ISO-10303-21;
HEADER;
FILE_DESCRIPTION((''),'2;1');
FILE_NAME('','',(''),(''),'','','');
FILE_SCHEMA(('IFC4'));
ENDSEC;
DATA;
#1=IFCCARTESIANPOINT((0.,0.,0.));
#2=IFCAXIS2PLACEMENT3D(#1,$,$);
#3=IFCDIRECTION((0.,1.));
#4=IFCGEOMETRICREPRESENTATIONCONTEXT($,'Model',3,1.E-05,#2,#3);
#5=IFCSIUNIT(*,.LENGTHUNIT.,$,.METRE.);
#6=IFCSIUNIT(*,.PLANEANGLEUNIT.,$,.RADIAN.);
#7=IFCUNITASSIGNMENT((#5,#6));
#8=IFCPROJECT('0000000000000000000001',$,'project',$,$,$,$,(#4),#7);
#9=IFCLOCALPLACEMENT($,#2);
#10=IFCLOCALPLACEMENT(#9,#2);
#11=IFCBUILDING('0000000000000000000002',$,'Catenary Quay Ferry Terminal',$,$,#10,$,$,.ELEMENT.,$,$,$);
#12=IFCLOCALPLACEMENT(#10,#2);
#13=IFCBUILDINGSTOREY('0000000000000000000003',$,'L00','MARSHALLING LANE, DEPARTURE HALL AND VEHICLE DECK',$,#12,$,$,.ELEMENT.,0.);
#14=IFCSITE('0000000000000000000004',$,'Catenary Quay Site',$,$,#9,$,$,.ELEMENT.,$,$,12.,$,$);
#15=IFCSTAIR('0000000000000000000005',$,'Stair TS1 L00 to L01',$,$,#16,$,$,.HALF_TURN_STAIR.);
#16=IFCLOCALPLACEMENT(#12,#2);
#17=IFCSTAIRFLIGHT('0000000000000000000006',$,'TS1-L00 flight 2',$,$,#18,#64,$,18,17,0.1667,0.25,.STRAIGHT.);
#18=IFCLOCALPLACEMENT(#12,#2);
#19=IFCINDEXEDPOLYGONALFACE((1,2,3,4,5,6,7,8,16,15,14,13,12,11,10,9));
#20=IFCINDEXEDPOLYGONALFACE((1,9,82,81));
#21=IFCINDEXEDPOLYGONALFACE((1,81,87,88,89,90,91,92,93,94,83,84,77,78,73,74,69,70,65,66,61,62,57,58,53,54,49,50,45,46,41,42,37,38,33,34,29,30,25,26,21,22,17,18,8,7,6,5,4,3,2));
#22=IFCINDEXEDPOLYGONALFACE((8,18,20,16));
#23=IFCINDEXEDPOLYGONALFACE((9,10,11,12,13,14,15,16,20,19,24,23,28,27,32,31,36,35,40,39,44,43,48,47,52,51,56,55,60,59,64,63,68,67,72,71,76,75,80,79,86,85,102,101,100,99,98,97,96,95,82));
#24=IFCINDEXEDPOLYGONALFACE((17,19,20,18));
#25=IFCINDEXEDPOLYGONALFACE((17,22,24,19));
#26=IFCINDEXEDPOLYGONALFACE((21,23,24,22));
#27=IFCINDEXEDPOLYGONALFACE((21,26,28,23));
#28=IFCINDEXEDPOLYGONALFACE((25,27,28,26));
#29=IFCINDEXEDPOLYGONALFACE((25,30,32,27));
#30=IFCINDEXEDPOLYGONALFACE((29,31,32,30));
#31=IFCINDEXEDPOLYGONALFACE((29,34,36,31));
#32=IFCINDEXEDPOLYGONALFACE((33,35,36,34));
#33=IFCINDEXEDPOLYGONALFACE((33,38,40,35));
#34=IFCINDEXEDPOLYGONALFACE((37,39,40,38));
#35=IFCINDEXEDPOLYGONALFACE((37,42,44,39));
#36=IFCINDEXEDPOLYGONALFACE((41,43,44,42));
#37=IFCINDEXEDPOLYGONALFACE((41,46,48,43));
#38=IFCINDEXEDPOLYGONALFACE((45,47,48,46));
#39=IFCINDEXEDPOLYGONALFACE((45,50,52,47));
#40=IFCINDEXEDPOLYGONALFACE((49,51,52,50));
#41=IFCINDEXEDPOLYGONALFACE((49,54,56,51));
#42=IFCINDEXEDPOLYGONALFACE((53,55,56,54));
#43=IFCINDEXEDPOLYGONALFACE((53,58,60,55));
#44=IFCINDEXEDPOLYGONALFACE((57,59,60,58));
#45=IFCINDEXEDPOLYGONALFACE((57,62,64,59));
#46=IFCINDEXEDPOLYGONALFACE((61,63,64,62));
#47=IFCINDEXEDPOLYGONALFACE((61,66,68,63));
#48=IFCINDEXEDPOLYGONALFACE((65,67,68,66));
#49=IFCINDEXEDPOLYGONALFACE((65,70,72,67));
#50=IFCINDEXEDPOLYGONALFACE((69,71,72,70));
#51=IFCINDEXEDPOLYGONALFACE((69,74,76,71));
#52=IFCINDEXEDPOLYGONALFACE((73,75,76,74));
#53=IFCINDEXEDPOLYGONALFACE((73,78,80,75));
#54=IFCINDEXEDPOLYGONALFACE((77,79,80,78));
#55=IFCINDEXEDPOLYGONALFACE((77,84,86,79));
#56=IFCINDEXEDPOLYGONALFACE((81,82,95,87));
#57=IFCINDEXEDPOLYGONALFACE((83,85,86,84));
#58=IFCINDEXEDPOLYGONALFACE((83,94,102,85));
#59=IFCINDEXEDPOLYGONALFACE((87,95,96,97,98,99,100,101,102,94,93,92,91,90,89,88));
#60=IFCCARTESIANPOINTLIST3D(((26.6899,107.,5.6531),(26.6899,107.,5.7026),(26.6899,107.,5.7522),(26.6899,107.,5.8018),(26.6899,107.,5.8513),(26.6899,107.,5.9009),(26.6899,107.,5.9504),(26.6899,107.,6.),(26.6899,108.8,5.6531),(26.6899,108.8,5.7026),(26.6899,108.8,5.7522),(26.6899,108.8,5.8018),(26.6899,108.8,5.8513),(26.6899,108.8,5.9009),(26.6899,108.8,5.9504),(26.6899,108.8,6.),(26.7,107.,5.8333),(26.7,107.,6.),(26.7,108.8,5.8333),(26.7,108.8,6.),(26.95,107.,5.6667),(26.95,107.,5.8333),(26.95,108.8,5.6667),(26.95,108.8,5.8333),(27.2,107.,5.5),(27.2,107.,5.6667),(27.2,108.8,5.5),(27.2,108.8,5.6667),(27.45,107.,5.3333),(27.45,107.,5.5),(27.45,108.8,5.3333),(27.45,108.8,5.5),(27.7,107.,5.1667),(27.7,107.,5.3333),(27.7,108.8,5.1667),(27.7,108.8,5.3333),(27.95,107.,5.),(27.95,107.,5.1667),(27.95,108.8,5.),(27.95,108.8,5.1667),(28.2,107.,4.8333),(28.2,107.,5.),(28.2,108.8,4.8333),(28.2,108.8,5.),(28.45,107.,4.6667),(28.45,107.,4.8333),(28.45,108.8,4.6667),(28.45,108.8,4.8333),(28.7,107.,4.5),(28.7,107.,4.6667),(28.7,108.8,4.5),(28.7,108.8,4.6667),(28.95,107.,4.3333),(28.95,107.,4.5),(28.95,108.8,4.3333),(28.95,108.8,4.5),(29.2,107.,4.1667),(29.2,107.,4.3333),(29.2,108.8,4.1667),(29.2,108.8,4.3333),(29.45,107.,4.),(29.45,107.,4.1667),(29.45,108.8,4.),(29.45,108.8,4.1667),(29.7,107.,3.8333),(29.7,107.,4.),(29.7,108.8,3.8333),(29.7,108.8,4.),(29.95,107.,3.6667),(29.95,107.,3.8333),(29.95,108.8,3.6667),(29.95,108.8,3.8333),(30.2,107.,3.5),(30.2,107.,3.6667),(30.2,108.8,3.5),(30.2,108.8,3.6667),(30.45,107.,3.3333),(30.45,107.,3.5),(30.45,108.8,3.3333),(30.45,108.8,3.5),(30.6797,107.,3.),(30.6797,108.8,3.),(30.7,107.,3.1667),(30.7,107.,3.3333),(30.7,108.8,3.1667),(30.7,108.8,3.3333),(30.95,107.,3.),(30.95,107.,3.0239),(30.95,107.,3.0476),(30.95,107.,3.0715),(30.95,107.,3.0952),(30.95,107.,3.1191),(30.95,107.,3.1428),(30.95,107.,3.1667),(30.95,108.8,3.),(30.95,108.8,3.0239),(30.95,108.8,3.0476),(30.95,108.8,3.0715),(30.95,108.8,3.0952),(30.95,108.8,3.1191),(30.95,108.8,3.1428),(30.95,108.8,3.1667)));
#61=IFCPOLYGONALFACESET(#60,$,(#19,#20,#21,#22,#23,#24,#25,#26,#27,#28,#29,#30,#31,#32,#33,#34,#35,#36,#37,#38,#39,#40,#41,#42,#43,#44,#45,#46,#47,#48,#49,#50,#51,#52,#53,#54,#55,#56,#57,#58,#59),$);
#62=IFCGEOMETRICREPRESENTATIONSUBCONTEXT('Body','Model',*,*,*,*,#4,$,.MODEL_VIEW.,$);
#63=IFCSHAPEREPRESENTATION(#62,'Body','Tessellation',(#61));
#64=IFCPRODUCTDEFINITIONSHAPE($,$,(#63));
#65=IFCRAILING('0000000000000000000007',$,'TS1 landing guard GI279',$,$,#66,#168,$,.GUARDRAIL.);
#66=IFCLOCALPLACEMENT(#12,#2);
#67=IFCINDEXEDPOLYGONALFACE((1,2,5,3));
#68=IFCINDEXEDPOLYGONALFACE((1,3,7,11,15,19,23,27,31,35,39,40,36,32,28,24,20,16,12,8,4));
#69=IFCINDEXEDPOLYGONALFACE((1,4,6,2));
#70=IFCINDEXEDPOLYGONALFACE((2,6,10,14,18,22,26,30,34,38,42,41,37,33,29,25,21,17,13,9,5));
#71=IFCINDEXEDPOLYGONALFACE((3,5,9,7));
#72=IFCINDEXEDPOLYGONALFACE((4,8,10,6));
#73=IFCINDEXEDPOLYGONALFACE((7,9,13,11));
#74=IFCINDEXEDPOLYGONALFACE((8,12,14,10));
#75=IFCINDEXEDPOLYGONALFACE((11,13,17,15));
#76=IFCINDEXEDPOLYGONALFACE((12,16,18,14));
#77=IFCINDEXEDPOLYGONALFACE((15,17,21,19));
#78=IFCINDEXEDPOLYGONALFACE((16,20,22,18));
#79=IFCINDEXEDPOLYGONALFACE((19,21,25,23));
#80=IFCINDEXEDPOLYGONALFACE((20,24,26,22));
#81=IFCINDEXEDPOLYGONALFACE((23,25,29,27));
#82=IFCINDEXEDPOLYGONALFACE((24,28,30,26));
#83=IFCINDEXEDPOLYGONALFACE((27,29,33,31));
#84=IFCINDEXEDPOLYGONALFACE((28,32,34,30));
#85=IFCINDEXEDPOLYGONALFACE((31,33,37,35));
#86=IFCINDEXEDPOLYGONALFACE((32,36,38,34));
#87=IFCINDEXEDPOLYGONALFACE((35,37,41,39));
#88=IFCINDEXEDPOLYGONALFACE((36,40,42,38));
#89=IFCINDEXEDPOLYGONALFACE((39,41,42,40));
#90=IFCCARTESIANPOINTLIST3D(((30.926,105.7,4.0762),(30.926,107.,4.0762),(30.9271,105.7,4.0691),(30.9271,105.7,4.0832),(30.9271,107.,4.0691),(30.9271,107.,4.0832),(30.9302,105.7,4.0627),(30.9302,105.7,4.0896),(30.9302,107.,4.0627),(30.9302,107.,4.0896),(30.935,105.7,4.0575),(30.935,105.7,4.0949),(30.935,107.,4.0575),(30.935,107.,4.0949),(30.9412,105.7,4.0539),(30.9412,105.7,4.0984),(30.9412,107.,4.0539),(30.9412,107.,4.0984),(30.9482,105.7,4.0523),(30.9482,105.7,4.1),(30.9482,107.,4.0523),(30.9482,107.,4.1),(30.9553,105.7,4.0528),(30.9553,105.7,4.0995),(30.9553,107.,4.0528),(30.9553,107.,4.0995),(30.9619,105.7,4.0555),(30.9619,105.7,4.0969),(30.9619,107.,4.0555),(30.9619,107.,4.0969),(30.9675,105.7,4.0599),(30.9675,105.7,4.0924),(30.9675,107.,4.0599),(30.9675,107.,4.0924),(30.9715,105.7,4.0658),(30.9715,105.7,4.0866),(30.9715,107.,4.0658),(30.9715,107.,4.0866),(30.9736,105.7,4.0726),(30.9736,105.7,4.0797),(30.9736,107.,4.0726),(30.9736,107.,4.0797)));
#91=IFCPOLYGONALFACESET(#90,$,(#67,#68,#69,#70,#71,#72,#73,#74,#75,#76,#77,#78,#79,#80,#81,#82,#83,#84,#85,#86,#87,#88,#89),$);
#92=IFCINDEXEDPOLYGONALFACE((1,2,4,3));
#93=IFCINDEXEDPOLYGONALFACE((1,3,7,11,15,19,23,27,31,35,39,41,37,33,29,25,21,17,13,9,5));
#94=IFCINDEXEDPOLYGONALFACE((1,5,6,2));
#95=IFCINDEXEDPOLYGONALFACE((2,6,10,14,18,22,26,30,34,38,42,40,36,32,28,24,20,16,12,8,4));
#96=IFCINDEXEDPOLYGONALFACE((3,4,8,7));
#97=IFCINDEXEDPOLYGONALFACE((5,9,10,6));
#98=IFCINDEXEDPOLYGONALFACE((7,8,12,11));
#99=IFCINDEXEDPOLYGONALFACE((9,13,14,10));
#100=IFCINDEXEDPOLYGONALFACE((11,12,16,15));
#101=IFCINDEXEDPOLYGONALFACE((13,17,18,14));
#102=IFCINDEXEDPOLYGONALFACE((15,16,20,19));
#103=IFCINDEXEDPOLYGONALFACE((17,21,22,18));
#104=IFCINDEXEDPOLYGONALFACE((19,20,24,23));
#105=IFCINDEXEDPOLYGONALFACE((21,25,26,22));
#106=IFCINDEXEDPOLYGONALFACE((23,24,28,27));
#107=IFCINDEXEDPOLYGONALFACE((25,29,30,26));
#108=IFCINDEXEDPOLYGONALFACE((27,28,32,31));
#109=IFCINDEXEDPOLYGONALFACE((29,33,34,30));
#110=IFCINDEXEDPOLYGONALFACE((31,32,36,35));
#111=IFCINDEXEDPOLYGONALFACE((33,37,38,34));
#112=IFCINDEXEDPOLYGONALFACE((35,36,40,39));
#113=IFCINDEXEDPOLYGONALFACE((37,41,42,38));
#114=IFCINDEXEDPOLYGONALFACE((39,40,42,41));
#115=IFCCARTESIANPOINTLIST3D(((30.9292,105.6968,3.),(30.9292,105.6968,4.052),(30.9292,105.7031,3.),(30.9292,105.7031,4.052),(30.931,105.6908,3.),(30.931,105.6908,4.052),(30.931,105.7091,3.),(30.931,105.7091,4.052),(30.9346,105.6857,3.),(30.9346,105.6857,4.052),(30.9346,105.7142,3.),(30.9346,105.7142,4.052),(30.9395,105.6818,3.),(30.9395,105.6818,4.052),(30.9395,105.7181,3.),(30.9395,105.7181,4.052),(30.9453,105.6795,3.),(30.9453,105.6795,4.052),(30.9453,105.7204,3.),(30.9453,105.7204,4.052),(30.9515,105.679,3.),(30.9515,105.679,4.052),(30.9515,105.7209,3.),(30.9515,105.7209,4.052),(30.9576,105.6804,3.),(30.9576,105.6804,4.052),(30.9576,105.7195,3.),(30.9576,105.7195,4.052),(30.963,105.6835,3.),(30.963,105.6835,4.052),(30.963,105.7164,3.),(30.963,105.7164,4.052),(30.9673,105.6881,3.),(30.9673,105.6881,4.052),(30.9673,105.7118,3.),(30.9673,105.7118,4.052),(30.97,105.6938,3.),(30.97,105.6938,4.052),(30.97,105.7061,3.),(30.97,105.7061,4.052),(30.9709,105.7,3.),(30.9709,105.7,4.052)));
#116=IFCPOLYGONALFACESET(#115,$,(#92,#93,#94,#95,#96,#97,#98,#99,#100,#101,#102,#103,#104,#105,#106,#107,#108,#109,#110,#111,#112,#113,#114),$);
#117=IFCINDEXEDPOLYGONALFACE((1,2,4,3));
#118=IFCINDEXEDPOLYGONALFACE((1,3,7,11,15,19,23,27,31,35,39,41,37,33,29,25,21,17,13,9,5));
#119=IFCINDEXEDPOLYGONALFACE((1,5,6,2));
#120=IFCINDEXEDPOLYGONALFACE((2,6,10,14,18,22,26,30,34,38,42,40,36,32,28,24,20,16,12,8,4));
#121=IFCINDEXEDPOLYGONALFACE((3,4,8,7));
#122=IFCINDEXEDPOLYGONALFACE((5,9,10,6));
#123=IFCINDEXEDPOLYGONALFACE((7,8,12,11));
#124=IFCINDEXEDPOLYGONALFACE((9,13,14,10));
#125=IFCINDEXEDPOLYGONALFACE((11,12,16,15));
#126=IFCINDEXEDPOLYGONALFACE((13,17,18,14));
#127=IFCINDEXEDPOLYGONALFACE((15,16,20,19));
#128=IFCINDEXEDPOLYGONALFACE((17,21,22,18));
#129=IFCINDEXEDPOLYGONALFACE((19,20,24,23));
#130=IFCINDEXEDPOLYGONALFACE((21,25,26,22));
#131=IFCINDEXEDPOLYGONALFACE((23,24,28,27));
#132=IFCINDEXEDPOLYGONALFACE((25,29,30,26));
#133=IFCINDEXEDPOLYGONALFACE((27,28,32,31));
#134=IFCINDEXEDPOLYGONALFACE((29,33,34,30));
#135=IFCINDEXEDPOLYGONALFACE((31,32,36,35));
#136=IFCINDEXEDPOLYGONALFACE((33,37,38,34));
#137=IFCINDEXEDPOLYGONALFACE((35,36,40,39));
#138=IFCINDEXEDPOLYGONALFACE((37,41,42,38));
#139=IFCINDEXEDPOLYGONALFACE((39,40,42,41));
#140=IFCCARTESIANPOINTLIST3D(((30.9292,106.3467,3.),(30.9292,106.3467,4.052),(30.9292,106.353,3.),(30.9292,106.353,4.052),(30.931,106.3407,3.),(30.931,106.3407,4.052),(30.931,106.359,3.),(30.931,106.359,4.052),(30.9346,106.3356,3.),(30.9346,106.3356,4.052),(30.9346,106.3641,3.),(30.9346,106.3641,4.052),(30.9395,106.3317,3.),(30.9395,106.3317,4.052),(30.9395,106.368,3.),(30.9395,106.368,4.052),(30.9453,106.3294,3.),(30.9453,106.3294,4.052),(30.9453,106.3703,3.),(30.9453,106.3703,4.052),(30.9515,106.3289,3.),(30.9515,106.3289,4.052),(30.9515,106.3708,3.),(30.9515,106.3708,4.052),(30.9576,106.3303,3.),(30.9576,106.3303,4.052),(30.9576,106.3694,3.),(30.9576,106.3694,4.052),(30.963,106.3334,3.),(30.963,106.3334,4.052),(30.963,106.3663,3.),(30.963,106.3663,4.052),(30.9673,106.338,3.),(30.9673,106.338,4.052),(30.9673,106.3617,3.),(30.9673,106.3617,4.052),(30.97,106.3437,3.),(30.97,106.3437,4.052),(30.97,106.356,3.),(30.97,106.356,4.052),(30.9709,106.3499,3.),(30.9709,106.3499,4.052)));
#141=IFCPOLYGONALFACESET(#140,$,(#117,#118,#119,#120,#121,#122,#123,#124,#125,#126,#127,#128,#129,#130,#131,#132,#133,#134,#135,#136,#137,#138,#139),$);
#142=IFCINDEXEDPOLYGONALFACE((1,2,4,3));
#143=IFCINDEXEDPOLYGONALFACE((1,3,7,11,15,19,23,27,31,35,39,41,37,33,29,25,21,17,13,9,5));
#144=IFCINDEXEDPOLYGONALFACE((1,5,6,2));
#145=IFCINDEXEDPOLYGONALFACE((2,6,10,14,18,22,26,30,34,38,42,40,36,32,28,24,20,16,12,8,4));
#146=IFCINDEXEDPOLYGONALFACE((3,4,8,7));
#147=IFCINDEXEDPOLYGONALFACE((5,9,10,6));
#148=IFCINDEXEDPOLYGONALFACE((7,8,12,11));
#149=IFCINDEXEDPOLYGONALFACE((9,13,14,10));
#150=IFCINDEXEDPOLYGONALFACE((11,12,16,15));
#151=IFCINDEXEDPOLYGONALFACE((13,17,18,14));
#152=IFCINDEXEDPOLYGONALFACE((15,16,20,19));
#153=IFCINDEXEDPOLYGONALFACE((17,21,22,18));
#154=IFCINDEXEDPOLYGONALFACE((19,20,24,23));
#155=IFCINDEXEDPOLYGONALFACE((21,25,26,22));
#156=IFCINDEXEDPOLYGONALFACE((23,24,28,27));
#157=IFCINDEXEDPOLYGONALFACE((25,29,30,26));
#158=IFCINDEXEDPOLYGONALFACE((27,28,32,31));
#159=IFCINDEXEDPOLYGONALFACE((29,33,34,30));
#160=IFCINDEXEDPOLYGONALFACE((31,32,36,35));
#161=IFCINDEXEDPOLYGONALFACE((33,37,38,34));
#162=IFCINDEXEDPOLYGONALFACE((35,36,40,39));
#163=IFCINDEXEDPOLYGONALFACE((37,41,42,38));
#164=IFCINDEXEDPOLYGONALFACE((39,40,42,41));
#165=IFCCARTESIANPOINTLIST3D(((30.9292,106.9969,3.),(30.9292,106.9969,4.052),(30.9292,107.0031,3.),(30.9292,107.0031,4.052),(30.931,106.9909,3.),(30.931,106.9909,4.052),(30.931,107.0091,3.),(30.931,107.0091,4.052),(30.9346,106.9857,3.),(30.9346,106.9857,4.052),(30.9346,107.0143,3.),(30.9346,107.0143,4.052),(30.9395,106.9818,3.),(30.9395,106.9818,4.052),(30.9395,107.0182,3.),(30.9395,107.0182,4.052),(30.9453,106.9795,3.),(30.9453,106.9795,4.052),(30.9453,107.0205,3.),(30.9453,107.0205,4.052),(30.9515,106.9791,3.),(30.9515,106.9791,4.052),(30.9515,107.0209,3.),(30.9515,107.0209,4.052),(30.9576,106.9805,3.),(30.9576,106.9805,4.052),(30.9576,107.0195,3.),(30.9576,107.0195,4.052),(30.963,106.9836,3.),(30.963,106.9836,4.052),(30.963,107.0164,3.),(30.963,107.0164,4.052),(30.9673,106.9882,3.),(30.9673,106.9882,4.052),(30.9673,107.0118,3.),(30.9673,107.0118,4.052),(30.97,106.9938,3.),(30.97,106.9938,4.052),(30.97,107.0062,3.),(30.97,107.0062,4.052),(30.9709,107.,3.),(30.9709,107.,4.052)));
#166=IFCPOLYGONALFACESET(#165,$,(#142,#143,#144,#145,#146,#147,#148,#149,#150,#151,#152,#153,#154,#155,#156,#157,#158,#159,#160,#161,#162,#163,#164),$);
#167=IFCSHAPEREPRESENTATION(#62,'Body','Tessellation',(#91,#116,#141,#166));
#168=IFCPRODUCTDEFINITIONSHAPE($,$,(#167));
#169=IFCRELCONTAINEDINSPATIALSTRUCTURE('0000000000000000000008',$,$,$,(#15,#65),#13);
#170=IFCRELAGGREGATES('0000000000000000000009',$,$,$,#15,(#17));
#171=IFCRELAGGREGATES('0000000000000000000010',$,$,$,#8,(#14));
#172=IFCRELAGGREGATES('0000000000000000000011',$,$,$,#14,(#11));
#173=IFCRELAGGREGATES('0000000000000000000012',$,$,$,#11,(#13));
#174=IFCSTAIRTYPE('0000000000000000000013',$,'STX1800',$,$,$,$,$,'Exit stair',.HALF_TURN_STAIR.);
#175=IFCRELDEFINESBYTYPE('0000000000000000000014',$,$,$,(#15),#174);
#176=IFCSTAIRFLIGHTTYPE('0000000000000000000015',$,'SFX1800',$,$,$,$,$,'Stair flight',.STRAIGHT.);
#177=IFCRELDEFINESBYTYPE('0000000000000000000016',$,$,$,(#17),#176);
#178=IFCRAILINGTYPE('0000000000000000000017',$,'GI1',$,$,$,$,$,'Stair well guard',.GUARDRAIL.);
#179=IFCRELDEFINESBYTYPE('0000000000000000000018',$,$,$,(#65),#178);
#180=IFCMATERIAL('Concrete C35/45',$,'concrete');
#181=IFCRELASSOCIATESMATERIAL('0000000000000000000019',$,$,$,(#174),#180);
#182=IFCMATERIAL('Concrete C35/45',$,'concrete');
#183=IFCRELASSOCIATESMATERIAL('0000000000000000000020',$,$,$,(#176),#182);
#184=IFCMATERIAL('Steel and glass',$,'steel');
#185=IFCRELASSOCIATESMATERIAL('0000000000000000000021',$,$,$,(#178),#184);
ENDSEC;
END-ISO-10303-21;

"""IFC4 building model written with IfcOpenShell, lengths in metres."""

from ifc_helpers import new_model, si_unit, direction, frame, origin, origin_2d, place, context, subcontext, project, spatial, polyline, circle, outline, extrude, material, type_object, element, aggregate, save


model = new_model("IFC4")

# Units and contexts
model_context = context("Model", 3, precision=1e-05, world=origin(), true_north=direction((0.0, 1.0)))
body_context = subcontext(model_context, "Body", "Model", "MODEL_VIEW")
ifc_project = project(units=[si_unit("LENGTHUNIT", "METRE"), si_unit("PLANEANGLEUNIT", "RADIAN")], contexts=[model_context])

# Site, building, storey
site_placement = place(None, origin())
site = spatial("IfcSite", under=ifc_project, at=site_placement, Name="Catenary Quay Site", CompositionType="ELEMENT", RefElevation=12.0)
building_placement = place(site_placement, origin())
building = spatial("IfcBuilding", under=site, at=building_placement, Name="Catenary Quay Ferry Terminal", CompositionType="ELEMENT")
storey_placement = place(building_placement, origin())
storey = spatial("IfcBuildingStorey", under=building, at=storey_placement, Name="L00", Description="MARSHALLING LANE, DEPARTURE HALL AND VEHICLE DECK", CompositionType="ELEMENT", Elevation=0.0)

# Stair, stair flight
ifc_material_1 = material(Name="Concrete C35/45", Category="concrete")
stair_type = type_object("IfcStairType", Name="STX1800", ElementType="Exit stair", PredefinedType="HALF_TURN_STAIR", material=ifc_material_1)
stair_placement = place(storey_placement, origin())
stair = element("IfcStair", 1, at=stair_placement, inside=storey, type_object=stair_type, Name="Stair TS1 L00 to L01", PredefinedType="HALF_TURN_STAIR")
ifc_material_2 = material(Name="Concrete C35/45", Category="concrete")
stair_flight_type = type_object("IfcStairFlightType", Name="SFX1800", ElementType="Stair flight", PredefinedType="STRAIGHT", material=ifc_material_2)
stair_flight_1_placement = place(storey_placement, frame((30.95, 107.8999, 3.0), z_axis=(0.0, 0.0, 1.0), x_axis=(-1.0, 0.0, 0.0)))
stair_flight_1 = element("IfcStairFlight", 2, at=stair_flight_1_placement, type_object=stair_flight_type, Name="TS1-L00 flight 2", NumberOfRisers=18, NumberOfTreads=17, PredefinedType="STRAIGHT", RiserHeight=0.1667, TreadLength=0.25, context=body_context, shape_type="SweptSolid", body=[
    extrude(outline(polyline([(0.0, 0.0), (0.0, 0.0239), (0.0, 0.0476), (0.0, 0.0715), (0.0, 0.0952), (0.0, 0.1191), (0.0, 0.1428), (0.0, 0.1667), (0.25, 0.1667), (0.25, 0.3333), (0.5, 0.3333), (0.5, 0.5), (0.75, 0.5), (0.75, 0.6667), (1.0, 0.6667), (1.0, 0.8333), (1.25, 0.8333), (1.25, 1.0), (1.5, 1.0), (1.5, 1.1667), (1.75, 1.1667), (1.75, 1.3333), (2.0, 1.3333), (2.0, 1.5), (2.25, 1.5), (2.25, 1.6667), (2.5, 1.6667), (2.5, 1.8333), (2.75, 1.8333), (2.75, 2.0), (3.0, 2.0), (3.0, 2.1667), (3.25, 2.1667), (3.25, 2.3333), (3.5, 2.3333), (3.5, 2.5), (3.75, 2.5), (3.75, 2.6667), (4.0, 2.6667), (4.0, 2.8333), (4.25, 2.8333), (4.25, 3.0), (4.26, 3.0), (4.26, 2.9504), (4.26, 2.9009), (4.26, 2.8513), (4.26, 2.8018), (4.26, 2.7522), (4.26, 2.7026), (4.26, 2.6531), (0.2703, 0.0), (0.0, 0.0)])), frame((0.0, 0.8999, 0.0), z_axis=(0.0, -1.0, 0.0), x_axis=(1.0, 0.0, 0.0)), (0.0, 0.0, 1.0), 1.8),
])
aggregate(stair, [stair_flight_1])

# Railing
ifc_material_3 = material(Name="Steel and glass", Category="steel")
railing_type_1 = type_object("IfcRailingType", Name="GI1", ElementType="Stair well guard", PredefinedType="GUARDRAIL", material=ifc_material_3)
railing_placement = place(storey_placement, frame((30.95, 105.7, 3.0)))
element("IfcRailing", 3, at=railing_placement, inside=storey, type_object=railing_type_1, Name="TS1 landing guard GI279", PredefinedType="GUARDRAIL", context=body_context, shape_type="SweptSolid", body=[
    extrude(circle(Radius=0.0239, at=origin_2d()), frame((0.0, 0.0, 1.0762), z_axis=(0.0, 1.0, 0.0), x_axis=(-1.0, 0.0, 0.0)), (0.0, 0.0, 1.0), 1.3),
    extrude(circle(Radius=0.021, at=origin_2d()), origin(), (0.0, 0.0, 1.0), 1.052),
    extrude(circle(Radius=0.021, at=origin_2d()), frame((0.0, 0.6499, 0.0)), (0.0, 0.0, 1.0), 1.052),
    extrude(circle(Radius=0.021, at=origin_2d()), frame((0.0, 1.3, 0.0)), (0.0, 0.0, 1.0), 1.052),
])

save(model, "model.ifc")
